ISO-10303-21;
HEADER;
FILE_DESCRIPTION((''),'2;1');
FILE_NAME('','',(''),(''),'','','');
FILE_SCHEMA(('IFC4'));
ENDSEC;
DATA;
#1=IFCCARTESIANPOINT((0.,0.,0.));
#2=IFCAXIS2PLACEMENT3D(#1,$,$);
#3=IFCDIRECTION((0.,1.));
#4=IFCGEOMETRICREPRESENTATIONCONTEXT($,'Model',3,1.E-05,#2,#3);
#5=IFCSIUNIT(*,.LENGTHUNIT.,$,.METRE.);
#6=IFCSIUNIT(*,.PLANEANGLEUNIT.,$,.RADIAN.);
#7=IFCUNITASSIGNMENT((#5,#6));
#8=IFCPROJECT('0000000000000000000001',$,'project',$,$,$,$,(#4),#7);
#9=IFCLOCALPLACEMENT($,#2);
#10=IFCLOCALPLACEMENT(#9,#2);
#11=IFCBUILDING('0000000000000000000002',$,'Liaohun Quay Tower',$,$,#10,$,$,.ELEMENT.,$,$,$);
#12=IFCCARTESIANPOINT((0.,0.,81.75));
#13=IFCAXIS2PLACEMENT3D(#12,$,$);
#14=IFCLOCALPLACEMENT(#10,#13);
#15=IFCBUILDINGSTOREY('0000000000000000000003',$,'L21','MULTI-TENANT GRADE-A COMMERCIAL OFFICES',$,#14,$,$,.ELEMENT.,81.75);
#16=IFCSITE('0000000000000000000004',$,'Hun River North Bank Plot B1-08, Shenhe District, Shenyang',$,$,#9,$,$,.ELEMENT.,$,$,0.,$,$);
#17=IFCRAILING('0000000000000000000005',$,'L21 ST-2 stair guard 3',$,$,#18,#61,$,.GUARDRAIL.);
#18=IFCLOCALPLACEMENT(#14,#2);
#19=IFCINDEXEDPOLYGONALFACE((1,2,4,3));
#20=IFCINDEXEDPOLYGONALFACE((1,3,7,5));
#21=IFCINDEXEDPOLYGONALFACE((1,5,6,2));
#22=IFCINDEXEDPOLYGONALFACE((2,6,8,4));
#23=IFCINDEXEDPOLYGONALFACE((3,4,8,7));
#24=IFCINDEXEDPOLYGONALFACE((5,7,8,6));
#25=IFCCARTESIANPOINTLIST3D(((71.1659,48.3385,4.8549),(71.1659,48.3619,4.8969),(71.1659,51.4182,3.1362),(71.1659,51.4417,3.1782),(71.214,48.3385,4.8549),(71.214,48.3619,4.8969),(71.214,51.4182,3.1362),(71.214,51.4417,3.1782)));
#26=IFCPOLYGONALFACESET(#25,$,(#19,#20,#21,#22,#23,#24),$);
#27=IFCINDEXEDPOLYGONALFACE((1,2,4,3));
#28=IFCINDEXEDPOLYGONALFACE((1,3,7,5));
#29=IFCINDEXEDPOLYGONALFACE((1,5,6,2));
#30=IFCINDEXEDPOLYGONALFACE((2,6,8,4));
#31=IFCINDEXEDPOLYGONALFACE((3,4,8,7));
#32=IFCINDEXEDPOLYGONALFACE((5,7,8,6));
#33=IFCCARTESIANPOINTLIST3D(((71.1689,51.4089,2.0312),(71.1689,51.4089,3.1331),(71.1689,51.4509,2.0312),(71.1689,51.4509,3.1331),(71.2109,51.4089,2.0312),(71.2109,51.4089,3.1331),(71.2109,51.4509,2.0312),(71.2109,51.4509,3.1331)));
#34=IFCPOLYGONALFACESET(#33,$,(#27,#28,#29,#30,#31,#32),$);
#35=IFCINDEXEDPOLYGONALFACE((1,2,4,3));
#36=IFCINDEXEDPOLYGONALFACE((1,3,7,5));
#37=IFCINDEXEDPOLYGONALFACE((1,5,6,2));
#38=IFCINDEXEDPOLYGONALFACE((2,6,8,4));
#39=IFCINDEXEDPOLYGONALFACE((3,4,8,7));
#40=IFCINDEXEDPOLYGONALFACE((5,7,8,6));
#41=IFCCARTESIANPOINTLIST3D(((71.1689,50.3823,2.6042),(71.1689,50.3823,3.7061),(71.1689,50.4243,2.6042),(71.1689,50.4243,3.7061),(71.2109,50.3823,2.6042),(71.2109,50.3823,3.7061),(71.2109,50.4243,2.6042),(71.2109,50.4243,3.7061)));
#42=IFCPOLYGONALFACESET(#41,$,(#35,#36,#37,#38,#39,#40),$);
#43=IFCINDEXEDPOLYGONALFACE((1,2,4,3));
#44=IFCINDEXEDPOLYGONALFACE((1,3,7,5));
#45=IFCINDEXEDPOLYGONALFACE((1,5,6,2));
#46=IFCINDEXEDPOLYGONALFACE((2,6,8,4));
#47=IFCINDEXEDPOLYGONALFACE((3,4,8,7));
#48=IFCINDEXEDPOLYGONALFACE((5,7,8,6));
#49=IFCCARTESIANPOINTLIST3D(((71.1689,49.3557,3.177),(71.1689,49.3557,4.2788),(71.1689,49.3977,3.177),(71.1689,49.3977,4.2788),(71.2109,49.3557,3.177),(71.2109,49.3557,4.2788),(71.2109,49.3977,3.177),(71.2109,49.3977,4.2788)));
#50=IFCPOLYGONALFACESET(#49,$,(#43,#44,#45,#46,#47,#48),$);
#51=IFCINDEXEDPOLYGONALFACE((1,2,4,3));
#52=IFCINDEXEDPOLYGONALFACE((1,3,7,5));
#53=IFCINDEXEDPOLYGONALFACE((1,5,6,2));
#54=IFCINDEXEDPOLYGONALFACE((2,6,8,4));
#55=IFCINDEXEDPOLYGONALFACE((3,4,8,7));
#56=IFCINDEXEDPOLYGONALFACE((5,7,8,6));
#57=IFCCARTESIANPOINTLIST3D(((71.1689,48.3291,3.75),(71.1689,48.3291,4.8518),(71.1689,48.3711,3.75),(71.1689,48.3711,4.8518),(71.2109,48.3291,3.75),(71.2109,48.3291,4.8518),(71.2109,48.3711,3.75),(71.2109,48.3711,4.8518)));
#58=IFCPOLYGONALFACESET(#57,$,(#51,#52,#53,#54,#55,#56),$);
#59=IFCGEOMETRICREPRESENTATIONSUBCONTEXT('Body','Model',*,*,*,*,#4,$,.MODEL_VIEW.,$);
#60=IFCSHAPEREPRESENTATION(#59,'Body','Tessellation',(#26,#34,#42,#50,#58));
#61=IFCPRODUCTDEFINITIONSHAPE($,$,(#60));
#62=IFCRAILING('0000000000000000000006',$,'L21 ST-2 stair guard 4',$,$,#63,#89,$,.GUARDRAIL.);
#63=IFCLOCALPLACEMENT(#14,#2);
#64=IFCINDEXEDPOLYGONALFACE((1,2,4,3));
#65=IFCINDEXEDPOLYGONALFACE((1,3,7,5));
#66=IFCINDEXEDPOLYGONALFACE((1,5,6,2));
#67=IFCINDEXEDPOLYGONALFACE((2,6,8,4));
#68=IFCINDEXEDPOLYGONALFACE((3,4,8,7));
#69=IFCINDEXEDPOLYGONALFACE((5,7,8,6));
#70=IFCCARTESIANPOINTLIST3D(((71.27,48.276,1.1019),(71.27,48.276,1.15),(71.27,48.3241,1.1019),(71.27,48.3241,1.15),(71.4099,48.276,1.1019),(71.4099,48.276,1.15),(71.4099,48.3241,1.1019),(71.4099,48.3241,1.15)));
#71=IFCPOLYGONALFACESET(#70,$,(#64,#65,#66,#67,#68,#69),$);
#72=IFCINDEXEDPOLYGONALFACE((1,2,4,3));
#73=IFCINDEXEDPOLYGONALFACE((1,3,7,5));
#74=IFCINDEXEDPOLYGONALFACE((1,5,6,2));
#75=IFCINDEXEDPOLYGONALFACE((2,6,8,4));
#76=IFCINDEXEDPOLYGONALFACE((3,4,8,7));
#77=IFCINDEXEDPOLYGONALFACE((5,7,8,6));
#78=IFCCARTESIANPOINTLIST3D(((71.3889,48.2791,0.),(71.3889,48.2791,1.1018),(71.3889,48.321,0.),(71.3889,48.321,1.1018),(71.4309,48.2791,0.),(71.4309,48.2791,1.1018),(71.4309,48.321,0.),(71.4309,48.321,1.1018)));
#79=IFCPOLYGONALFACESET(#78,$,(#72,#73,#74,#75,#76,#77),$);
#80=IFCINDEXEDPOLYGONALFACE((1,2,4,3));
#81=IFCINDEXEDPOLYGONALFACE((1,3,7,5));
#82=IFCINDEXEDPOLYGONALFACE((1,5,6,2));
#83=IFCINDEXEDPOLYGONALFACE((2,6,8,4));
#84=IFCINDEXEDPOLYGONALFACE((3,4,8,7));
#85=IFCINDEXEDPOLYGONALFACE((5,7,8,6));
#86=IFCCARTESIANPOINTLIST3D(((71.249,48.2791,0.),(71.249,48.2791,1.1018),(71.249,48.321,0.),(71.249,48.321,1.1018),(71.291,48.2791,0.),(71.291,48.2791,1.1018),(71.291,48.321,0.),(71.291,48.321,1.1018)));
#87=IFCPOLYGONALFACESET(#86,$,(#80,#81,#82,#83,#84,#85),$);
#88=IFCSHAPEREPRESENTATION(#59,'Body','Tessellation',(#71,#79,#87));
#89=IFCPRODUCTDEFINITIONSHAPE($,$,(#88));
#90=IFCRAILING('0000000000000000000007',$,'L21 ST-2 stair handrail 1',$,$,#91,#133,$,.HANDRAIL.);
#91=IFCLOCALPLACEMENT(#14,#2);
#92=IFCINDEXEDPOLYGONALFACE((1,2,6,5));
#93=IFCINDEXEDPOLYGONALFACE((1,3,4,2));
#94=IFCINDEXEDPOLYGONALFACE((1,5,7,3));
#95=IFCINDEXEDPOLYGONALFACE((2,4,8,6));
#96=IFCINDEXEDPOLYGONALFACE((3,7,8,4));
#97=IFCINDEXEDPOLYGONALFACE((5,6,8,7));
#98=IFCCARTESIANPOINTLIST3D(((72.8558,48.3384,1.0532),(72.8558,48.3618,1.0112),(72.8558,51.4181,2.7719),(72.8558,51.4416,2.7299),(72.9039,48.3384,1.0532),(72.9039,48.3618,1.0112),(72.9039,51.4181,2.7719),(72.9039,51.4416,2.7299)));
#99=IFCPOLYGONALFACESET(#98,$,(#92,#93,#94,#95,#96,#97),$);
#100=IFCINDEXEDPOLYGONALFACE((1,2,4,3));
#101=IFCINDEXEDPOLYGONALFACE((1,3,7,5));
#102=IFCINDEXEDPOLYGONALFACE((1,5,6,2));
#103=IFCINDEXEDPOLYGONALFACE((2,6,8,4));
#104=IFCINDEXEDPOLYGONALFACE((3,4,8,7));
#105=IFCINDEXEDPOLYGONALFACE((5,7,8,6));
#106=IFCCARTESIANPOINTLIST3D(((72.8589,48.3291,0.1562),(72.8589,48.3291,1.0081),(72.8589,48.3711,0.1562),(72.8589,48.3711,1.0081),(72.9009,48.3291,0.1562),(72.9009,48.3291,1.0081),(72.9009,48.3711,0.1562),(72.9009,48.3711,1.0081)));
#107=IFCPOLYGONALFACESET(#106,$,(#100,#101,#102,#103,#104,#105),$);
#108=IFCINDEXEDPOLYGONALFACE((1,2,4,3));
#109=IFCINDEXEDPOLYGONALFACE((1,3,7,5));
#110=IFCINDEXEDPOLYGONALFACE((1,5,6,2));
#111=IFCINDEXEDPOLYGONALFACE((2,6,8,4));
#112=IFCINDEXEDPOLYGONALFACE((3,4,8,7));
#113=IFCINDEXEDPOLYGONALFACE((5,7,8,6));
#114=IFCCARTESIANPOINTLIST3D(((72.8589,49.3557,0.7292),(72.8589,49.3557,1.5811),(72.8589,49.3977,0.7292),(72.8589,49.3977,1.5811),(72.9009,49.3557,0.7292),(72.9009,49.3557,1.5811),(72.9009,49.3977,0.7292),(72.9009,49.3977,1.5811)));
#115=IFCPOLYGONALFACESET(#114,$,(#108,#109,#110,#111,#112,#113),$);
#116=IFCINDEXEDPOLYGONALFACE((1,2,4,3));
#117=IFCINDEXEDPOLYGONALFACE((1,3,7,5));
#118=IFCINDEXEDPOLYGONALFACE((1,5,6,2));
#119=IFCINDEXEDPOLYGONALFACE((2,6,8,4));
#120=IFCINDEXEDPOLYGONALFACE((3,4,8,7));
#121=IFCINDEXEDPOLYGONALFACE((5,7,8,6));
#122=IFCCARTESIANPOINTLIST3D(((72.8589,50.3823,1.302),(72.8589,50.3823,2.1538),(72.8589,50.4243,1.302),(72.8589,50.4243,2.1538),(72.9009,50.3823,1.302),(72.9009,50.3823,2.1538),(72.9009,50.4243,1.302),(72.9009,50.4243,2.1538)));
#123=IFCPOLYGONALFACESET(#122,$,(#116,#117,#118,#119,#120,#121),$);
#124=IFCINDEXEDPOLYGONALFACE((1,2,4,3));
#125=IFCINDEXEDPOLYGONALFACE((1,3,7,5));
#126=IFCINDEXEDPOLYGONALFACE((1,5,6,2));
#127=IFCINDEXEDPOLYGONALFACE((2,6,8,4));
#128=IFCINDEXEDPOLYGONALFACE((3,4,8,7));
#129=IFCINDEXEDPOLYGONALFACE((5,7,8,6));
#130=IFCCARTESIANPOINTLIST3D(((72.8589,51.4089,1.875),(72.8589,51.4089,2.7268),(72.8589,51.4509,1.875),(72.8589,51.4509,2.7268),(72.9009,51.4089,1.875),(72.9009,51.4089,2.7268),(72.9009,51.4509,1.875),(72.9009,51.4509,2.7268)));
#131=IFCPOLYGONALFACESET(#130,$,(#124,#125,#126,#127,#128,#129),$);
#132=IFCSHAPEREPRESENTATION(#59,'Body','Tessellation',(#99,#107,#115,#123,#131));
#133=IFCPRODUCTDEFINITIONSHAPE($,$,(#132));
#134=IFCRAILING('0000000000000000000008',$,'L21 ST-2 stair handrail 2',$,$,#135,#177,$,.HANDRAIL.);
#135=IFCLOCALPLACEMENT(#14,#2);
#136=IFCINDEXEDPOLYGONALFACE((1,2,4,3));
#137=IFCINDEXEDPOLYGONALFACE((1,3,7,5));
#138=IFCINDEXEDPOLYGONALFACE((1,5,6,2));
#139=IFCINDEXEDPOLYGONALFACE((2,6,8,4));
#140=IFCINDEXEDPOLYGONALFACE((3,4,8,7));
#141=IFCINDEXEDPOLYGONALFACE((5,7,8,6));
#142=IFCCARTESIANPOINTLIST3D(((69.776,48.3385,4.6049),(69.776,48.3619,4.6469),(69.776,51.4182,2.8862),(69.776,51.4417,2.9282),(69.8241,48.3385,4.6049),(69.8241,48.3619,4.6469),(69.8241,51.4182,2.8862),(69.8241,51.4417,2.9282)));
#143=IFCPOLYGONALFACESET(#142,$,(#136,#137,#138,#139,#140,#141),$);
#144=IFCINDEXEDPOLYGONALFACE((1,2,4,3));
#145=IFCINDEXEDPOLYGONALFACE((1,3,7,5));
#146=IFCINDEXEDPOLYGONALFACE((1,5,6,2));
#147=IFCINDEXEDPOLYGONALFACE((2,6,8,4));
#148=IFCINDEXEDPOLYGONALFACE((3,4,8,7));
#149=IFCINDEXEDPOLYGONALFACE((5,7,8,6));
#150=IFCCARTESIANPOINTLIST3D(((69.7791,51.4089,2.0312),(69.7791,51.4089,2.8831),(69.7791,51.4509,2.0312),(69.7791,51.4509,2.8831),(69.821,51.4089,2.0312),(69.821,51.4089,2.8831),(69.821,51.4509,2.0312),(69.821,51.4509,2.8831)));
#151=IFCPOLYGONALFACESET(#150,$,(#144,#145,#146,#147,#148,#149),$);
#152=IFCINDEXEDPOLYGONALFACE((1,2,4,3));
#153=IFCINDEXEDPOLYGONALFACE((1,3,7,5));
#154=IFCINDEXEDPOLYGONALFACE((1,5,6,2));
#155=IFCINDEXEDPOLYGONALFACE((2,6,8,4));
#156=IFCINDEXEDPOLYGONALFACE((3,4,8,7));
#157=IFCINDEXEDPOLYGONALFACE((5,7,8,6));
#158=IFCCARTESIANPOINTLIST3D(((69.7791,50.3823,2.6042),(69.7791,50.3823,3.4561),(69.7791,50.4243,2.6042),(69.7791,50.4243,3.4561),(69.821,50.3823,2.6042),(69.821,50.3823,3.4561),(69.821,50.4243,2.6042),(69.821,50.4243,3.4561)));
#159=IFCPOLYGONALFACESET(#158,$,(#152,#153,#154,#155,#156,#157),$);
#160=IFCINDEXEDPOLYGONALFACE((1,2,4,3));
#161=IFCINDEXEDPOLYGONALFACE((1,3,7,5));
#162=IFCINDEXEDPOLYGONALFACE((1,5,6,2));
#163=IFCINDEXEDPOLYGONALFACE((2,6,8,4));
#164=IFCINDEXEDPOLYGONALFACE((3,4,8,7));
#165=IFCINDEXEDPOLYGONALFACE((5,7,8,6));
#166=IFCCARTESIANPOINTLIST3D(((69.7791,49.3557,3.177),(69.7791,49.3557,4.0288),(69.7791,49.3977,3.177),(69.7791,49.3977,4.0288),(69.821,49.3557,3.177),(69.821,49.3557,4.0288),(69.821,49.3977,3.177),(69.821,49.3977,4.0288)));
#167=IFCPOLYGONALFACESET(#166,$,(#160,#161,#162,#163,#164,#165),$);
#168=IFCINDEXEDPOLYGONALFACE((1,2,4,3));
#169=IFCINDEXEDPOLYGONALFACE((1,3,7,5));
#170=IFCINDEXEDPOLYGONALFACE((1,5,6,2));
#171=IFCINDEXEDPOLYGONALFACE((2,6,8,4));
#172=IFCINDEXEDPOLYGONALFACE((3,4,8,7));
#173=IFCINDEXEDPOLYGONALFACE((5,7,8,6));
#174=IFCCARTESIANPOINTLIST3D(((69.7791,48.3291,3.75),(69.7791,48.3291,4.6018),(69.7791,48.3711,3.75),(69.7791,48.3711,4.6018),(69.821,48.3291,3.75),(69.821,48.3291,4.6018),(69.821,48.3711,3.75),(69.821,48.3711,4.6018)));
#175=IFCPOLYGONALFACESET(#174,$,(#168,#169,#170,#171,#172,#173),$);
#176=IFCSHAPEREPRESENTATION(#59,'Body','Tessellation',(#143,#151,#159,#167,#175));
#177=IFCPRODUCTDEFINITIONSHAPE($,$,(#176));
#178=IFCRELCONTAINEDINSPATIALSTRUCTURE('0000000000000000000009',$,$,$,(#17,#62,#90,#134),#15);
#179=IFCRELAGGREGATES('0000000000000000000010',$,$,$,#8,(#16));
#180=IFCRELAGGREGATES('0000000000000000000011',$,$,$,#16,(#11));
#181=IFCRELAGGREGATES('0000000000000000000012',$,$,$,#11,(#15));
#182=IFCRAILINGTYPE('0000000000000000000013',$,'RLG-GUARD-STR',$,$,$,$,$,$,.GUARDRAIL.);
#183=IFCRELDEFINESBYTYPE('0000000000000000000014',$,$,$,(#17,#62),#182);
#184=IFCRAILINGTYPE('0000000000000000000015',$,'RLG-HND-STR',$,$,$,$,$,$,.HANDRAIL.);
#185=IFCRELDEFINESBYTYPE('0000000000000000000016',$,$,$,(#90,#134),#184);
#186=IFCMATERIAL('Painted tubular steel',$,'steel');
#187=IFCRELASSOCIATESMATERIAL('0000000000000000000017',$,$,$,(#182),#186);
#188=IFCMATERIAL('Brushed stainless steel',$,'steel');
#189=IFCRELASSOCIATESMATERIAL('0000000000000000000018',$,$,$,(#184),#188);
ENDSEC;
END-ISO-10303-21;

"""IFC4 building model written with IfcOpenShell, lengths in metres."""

from ifc_helpers import new_model, si_unit, direction, frame, origin, origin_2d, place, context, subcontext, project, spatial, rectangle, extrude, material, type_object, element, save


model = new_model("IFC4")

# Units and contexts
model_context = context("Model", 3, precision=1e-05, world=origin(), true_north=direction((0.0, 1.0)))
body_context = subcontext(model_context, "Body", "Model", "MODEL_VIEW")
ifc_project = project(units=[si_unit("LENGTHUNIT", "METRE"), si_unit("PLANEANGLEUNIT", "RADIAN")], contexts=[model_context])

# Site, building, storey
site_placement = place(None, origin())
site = spatial("IfcSite", under=ifc_project, at=site_placement, Name="Hun River North Bank Plot B1-08, Shenhe District, Shenyang", CompositionType="ELEMENT", RefElevation=0.0)
building_placement = place(site_placement, origin())
building = spatial("IfcBuilding", under=site, at=building_placement, Name="Liaohun Quay Tower", CompositionType="ELEMENT")
storey_placement = place(building_placement, frame((0.0, 0.0, 81.75)))
storey = spatial("IfcBuildingStorey", under=building, at=storey_placement, Name="L21", Description="MULTI-TENANT GRADE-A COMMERCIAL OFFICES", CompositionType="ELEMENT", Elevation=81.75)

# Railings
ifc_material_1 = material(Name="Painted tubular steel", Category="steel")
railing_type_1 = type_object("IfcRailingType", Name="RLG-GUARD-STR", PredefinedType="GUARDRAIL", material=ifc_material_1)
railing_1_placement = place(storey_placement, frame((71.1899, 51.4299, 2.0312)))
element("IfcRailing", 1, at=railing_1_placement, inside=storey, type_object=railing_type_1, Name="L21 ST-2 stair guard 3", PredefinedType="GUARDRAIL", context=body_context, shape_type="SweptSolid", body=[
    extrude(rectangle(XDim=0.0481, YDim=0.0481, at=origin_2d()), frame((0.0, 0.0, 1.126), z_axis=(0.0, -0.873225, 0.487317), x_axis=(1.0, 0.0, 0.0)), (0.0, 0.0, 1.0), 3.5269),
    extrude(rectangle(XDim=0.042, YDim=0.042, at=origin_2d()), origin(), (0.0, 0.0, 1.0), 1.1018),
    extrude(rectangle(XDim=0.042, YDim=0.042, at=origin_2d()), frame((0.0, -1.0266, 0.573)), (0.0, 0.0, 1.0), 1.1018),
    extrude(rectangle(XDim=0.042, YDim=0.042, at=origin_2d()), frame((0.0, -2.0532, 1.1458)), (0.0, 0.0, 1.0), 1.1018),
    extrude(rectangle(XDim=0.042, YDim=0.042, at=origin_2d()), frame((0.0, -3.0798, 1.7188)), (0.0, 0.0, 1.0), 1.1018),
])
railing_2_placement = place(storey_placement, frame((71.4099, 48.3, 0.0)))
element("IfcRailing", 2, at=railing_2_placement, inside=storey, type_object=railing_type_1, Name="L21 ST-2 stair guard 4", PredefinedType="GUARDRAIL", context=body_context, shape_type="SweptSolid", body=[
    extrude(rectangle(XDim=0.0481, YDim=0.0481, at=origin_2d()), frame((0.0, 0.0, 1.126), z_axis=(-1.0, 0.0, 0.0), x_axis=(0.0, -1.0, 0.0)), (0.0, 0.0, 1.0), 0.1399),
    extrude(rectangle(XDim=0.042, YDim=0.042, at=origin_2d()), origin(), (0.0, 0.0, 1.0), 1.1018),
    extrude(rectangle(XDim=0.042, YDim=0.042, at=origin_2d()), frame((-0.1399, 0.0, 0.0)), (0.0, 0.0, 1.0), 1.1018),
])
ifc_material_2 = material(Name="Brushed stainless steel", Category="steel")
railing_type_2 = type_object("IfcRailingType", Name="RLG-HND-STR", PredefinedType="HANDRAIL", material=ifc_material_2)
railing_3_placement = place(storey_placement, frame((72.8799, 48.3501, 0.1562)))
element("IfcRailing", 3, at=railing_3_placement, inside=storey, type_object=railing_type_2, Name="L21 ST-2 stair handrail 1", PredefinedType="HANDRAIL", context=body_context, shape_type="SweptSolid", body=[
    extrude(rectangle(XDim=0.0481, YDim=0.0481, at=origin_2d()), frame((0.0, 0.0, 0.876), z_axis=(0.0, 0.873225, 0.487317), x_axis=(-1.0, 0.0, 0.0)), (0.0, 0.0, 1.0), 3.5269),
    extrude(rectangle(XDim=0.042, YDim=0.042, at=origin_2d()), origin(), (0.0, 0.0, 1.0), 0.8518),
    extrude(rectangle(XDim=0.042, YDim=0.042, at=origin_2d()), frame((0.0, 1.0266, 0.573)), (0.0, 0.0, 1.0), 0.8518),
    extrude(rectangle(XDim=0.042, YDim=0.042, at=origin_2d()), frame((0.0, 2.0532, 1.1458)), (0.0, 0.0, 1.0), 0.8518),
    extrude(rectangle(XDim=0.042, YDim=0.042, at=origin_2d()), frame((0.0, 3.0798, 1.7188)), (0.0, 0.0, 1.0), 0.8518),
])
railing_4_placement = place(storey_placement, frame((69.8, 51.4299, 2.0312)))
element("IfcRailing", 4, at=railing_4_placement, inside=storey, type_object=railing_type_2, Name="L21 ST-2 stair handrail 2", PredefinedType="HANDRAIL", context=body_context, shape_type="SweptSolid", body=[
    extrude(rectangle(XDim=0.0481, YDim=0.0481, at=origin_2d()), frame((0.0, 0.0, 0.876), z_axis=(0.0, -0.873225, 0.487317), x_axis=(1.0, 0.0, 0.0)), (0.0, 0.0, 1.0), 3.5269),
    extrude(rectangle(XDim=0.042, YDim=0.042, at=origin_2d()), origin(), (0.0, 0.0, 1.0), 0.8518),
    extrude(rectangle(XDim=0.042, YDim=0.042, at=origin_2d()), frame((0.0, -1.0266, 0.573)), (0.0, 0.0, 1.0), 0.8518),
    extrude(rectangle(XDim=0.042, YDim=0.042, at=origin_2d()), frame((0.0, -2.0532, 1.1458)), (0.0, 0.0, 1.0), 0.8518),
    extrude(rectangle(XDim=0.042, YDim=0.042, at=origin_2d()), frame((0.0, -3.0798, 1.7188)), (0.0, 0.0, 1.0), 0.8518),
])

save(model, "model.ifc")
